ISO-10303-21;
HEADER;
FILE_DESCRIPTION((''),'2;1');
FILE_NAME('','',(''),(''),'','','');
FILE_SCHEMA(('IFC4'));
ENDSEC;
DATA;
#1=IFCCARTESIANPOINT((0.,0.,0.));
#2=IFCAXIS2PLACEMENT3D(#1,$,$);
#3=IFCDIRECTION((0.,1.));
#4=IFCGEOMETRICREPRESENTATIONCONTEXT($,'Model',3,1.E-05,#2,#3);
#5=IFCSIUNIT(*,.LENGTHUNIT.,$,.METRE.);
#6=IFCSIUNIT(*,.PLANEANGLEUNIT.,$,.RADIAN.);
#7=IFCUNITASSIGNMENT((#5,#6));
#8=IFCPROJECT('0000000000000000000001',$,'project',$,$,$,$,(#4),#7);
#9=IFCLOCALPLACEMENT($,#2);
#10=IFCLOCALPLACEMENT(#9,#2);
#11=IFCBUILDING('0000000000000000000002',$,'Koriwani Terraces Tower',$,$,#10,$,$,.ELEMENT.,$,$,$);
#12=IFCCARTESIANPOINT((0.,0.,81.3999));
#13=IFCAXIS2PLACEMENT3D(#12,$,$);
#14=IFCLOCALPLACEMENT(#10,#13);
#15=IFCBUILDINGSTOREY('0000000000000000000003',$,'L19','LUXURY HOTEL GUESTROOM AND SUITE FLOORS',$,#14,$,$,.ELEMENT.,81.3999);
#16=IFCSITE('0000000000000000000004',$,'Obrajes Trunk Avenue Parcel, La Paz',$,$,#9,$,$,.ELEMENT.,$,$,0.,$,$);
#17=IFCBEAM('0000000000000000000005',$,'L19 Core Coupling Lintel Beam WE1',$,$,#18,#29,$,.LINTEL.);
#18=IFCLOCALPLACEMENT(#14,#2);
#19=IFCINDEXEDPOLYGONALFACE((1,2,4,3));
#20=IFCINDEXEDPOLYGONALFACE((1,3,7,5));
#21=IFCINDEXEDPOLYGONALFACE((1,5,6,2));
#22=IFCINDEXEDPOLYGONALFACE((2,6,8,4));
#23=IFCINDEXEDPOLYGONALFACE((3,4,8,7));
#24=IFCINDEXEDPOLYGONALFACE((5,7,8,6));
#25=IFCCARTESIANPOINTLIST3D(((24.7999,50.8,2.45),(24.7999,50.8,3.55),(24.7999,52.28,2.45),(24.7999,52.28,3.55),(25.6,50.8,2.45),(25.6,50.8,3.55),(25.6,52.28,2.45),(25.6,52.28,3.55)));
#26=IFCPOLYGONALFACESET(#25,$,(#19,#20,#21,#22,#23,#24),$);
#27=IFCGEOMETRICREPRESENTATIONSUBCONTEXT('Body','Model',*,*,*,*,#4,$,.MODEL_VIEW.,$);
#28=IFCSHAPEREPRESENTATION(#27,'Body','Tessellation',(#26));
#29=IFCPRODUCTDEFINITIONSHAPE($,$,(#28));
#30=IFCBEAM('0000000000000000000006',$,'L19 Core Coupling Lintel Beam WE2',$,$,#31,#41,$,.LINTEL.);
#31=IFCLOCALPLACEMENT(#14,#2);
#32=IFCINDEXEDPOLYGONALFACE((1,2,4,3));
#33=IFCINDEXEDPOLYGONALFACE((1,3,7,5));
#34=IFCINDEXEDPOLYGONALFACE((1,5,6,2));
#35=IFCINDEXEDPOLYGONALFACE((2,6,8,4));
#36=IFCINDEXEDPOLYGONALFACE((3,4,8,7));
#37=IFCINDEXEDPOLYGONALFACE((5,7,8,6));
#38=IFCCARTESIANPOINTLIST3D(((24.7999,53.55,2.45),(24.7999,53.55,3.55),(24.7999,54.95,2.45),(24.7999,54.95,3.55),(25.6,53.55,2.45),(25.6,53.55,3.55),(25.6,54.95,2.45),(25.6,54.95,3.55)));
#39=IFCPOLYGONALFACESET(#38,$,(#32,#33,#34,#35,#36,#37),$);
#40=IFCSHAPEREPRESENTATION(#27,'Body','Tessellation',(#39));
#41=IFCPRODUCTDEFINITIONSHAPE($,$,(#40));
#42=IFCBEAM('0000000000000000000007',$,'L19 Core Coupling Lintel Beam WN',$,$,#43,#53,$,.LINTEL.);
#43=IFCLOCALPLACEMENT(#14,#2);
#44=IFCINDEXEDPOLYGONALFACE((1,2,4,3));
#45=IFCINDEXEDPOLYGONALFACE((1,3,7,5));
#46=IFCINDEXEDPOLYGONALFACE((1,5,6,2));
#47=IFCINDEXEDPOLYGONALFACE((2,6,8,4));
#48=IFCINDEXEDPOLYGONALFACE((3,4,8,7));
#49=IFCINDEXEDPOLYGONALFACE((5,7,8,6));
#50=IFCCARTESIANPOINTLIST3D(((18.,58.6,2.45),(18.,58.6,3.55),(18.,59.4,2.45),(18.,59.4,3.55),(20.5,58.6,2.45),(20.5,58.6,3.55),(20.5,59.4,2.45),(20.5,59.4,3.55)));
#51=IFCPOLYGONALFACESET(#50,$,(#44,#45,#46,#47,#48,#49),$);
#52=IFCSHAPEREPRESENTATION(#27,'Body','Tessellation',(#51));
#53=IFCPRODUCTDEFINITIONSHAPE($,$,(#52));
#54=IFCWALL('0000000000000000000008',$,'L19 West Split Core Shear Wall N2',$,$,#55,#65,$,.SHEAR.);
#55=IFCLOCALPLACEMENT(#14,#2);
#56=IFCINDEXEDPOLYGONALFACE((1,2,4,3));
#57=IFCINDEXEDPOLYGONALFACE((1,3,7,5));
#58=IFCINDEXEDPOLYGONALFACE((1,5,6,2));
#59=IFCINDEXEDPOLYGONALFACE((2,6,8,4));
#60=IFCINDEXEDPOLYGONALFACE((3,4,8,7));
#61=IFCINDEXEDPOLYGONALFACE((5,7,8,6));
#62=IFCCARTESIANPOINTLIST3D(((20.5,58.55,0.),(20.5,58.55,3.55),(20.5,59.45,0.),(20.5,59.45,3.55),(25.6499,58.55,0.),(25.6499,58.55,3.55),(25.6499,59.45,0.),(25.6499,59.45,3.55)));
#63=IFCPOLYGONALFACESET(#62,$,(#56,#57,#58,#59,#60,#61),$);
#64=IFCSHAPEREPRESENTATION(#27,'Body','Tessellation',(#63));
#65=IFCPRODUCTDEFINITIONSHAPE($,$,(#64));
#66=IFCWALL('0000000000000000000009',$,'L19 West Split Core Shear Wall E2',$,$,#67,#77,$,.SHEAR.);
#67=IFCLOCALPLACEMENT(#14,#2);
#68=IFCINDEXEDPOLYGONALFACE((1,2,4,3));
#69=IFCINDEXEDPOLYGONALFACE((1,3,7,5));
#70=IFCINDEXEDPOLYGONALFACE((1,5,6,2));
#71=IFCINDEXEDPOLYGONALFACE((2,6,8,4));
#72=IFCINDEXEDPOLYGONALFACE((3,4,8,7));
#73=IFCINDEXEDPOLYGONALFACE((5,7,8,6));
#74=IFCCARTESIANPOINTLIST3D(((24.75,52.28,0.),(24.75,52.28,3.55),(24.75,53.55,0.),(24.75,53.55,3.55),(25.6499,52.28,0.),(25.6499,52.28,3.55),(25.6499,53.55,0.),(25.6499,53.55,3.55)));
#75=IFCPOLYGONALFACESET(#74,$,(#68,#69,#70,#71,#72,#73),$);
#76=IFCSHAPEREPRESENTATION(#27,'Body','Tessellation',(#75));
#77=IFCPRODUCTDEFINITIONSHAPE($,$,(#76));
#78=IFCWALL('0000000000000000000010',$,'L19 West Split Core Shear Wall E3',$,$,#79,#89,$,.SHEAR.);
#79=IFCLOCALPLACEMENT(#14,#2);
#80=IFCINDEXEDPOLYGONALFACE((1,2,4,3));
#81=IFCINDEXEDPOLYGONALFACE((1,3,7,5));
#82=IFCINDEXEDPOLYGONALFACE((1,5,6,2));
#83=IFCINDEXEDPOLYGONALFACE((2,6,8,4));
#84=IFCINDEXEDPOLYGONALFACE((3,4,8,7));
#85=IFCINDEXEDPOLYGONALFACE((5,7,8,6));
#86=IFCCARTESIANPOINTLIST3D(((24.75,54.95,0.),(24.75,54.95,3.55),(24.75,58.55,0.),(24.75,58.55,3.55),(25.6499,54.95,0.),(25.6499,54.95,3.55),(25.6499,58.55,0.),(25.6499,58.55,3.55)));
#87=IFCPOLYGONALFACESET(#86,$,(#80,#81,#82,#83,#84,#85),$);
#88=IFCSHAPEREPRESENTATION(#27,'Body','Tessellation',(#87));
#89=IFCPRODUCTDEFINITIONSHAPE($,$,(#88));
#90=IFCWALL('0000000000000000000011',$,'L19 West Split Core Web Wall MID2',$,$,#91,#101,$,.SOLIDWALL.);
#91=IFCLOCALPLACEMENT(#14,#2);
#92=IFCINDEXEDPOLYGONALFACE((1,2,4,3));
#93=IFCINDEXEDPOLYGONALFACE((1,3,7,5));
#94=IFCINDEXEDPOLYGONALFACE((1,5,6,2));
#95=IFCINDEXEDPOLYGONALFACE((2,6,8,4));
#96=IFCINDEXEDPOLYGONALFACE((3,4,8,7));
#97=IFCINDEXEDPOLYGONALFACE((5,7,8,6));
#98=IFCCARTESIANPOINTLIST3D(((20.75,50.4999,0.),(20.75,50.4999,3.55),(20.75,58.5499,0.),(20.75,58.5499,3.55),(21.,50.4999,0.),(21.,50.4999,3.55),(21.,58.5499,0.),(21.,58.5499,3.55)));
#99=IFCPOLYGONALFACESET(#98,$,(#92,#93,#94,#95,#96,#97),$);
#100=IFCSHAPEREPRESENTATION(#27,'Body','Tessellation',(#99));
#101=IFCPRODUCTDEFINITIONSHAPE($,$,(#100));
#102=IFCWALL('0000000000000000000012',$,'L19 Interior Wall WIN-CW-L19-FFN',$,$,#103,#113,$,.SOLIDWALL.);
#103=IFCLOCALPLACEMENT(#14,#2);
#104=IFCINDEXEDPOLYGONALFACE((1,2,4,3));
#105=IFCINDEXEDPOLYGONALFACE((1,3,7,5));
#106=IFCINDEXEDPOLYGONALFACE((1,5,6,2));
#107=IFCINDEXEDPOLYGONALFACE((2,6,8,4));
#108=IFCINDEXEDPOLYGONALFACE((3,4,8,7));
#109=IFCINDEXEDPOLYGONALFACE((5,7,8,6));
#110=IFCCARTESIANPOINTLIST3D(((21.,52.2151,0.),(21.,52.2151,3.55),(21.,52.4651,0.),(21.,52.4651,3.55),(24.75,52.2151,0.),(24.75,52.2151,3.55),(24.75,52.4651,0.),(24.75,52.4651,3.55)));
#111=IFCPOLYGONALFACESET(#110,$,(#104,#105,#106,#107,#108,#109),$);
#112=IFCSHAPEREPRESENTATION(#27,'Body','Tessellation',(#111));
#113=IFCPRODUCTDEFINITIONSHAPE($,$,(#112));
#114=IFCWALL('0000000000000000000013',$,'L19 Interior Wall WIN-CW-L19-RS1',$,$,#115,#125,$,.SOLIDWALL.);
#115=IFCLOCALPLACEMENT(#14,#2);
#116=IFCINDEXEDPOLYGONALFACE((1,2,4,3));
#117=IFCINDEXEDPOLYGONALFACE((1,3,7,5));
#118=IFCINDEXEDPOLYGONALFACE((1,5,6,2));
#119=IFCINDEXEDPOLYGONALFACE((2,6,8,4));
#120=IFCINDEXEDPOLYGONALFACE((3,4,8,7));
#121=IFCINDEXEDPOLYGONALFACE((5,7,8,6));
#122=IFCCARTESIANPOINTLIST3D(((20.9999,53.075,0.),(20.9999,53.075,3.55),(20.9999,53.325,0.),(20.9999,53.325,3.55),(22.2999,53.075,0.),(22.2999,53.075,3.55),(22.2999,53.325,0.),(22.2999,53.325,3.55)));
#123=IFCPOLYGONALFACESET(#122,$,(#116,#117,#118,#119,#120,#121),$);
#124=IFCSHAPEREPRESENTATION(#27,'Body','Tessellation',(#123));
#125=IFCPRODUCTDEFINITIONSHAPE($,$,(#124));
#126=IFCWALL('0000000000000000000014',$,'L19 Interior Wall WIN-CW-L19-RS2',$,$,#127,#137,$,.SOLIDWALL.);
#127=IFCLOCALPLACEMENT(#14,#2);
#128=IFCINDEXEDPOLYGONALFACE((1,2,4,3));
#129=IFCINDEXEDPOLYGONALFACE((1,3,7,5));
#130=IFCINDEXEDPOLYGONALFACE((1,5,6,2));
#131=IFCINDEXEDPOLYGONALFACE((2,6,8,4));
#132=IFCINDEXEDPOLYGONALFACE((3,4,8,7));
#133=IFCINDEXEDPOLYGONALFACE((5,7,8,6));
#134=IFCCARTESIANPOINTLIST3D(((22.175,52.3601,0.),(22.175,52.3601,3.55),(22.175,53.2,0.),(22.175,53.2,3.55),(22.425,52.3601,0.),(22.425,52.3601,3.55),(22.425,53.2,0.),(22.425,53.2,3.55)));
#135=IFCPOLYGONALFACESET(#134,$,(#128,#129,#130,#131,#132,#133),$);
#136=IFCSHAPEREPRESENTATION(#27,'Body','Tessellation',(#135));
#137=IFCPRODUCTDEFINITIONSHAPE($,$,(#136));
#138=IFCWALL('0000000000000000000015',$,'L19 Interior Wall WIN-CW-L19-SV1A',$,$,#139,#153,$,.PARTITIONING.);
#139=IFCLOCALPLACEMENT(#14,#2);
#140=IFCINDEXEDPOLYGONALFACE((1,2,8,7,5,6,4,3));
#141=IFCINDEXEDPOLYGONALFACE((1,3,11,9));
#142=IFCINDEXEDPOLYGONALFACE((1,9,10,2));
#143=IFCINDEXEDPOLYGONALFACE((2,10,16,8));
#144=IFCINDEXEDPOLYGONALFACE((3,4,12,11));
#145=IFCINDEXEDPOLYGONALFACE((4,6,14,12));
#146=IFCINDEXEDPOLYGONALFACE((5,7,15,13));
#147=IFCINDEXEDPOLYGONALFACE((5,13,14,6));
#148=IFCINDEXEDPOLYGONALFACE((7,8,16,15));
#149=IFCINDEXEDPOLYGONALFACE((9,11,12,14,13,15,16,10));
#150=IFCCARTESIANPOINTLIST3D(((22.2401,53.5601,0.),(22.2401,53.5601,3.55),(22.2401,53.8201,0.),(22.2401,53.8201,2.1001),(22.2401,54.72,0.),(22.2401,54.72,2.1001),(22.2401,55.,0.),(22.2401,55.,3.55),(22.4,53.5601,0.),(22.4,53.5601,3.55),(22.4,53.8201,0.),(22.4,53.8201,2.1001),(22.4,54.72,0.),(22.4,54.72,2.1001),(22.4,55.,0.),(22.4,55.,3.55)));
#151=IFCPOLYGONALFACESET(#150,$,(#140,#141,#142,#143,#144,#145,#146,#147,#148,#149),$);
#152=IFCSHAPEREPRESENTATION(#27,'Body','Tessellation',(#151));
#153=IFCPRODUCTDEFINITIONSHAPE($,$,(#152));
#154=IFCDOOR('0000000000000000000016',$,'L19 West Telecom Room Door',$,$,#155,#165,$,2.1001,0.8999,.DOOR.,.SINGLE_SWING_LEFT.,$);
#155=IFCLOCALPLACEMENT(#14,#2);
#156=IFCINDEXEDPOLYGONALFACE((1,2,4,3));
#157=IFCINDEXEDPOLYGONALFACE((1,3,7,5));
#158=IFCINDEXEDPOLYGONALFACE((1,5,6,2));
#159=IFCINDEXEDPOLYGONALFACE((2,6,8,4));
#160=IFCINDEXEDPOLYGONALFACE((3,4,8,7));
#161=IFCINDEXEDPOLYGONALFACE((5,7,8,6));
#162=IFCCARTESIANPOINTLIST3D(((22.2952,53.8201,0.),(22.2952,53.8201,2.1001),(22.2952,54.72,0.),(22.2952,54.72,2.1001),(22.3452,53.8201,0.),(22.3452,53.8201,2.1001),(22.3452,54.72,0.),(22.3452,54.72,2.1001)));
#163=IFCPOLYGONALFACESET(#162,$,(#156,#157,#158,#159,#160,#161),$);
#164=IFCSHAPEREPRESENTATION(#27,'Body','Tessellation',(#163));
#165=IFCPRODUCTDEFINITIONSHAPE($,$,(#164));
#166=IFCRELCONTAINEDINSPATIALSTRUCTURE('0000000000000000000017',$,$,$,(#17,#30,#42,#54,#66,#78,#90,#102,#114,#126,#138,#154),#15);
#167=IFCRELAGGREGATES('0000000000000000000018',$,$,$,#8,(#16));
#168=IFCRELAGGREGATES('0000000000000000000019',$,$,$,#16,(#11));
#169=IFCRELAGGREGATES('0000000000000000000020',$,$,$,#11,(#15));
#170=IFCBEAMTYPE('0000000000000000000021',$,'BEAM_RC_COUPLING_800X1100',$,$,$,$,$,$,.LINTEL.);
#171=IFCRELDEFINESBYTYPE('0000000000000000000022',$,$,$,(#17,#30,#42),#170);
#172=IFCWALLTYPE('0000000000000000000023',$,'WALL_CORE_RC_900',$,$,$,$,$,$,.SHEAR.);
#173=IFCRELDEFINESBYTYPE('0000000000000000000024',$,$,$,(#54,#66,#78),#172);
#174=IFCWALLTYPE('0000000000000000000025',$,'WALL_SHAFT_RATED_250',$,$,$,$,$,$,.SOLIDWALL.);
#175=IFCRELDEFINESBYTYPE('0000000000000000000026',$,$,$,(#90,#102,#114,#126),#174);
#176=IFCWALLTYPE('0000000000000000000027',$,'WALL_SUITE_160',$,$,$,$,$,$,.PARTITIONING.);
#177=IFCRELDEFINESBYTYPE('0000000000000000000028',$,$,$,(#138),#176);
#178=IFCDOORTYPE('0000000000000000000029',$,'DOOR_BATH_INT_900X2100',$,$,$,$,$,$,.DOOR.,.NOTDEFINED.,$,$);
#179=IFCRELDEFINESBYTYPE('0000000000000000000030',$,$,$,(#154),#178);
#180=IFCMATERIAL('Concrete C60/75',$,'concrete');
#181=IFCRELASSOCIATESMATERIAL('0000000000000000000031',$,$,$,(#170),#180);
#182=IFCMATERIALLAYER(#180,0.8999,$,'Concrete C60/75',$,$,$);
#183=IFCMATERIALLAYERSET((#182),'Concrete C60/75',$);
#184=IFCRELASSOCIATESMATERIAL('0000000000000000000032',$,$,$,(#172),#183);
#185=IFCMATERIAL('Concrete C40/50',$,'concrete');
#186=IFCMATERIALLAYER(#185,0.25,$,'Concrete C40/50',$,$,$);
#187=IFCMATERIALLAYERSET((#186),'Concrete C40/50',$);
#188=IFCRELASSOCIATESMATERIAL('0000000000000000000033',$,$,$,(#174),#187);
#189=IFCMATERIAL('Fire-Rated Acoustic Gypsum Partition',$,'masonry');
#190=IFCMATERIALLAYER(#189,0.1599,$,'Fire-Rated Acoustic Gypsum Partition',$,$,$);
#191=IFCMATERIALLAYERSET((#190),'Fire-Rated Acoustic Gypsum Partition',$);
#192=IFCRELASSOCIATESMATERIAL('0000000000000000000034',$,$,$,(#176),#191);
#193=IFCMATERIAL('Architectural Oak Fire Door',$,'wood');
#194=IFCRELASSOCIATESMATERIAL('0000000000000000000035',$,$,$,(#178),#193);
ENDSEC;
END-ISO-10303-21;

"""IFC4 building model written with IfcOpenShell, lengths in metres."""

from ifc_helpers import new_model, si_unit, direction, frame, frame_2d, origin, origin_2d, place, context, subcontext, project, spatial, rectangle, extrude, material, layer, layer_set, material_profile, profile_set, type_object, element, fill, save


model = new_model("IFC4")

# Units and contexts
model_context = context("Model", 3, precision=1e-05, world=origin(), true_north=direction((0.0, 1.0)))
body_context = subcontext(model_context, "Body", "Model", "MODEL_VIEW")
ifc_project = project(units=[si_unit("LENGTHUNIT", "METRE"), si_unit("PLANEANGLEUNIT", "RADIAN")], contexts=[model_context])

# Site, building, storey
site_placement = place(None, origin())
site = spatial("IfcSite", under=ifc_project, at=site_placement, Name="Obrajes Trunk Avenue Parcel, La Paz", CompositionType="ELEMENT", RefElevation=0.0)
building_placement = place(site_placement, origin())
building = spatial("IfcBuilding", under=site, at=building_placement, Name="Koriwani Terraces Tower", CompositionType="ELEMENT")
storey_placement = place(building_placement, frame((0.0, 0.0, 81.3999)))
storey = spatial("IfcBuildingStorey", under=building, at=storey_placement, Name="L19", Description="LUXURY HOTEL GUESTROOM AND SUITE FLOORS", CompositionType="ELEMENT", Elevation=81.3999)

# Beams
ifc_material_1 = material(Name="Concrete C60/75", Category="concrete")
ifc_material_profile = material_profile(ifc_material_1, rectangle(XDim=0.8, YDim=1.1001, at=origin_2d()), Name="Concrete C60/75", Category="LoadBearing")
ifc_profile_set = profile_set([ifc_material_profile], Name="Concrete C60/75")
beam_type = type_object("IfcBeamType", Name="BEAM_RC_COUPLING_800X1100", PredefinedType="LINTEL", material=ifc_profile_set)
beam_1_placement = place(storey_placement, frame((25.2, 50.8, 3.0), z_axis=(0.0, 1.0, 0.0), x_axis=(-1.0, 0.0, 0.0)))
element("IfcBeam", 1, at=beam_1_placement, inside=storey, type_object=beam_type, Name="L19 Core Coupling Lintel Beam WE1", PredefinedType="LINTEL", context=body_context, shape_type="SweptSolid", body=[
    extrude(rectangle(XDim=0.8, YDim=1.1001, at=origin_2d()), origin(), (0.0, 0.0, 1.0), 1.48),
])
beam_2_placement = place(storey_placement, frame((25.2, 53.55, 3.0), z_axis=(0.0, 1.0, 0.0), x_axis=(-1.0, 0.0, 0.0)))
element("IfcBeam", 2, at=beam_2_placement, inside=storey, type_object=beam_type, Name="L19 Core Coupling Lintel Beam WE2", PredefinedType="LINTEL", context=body_context, shape_type="SweptSolid", body=[
    extrude(rectangle(XDim=0.8, YDim=1.1001, at=origin_2d()), origin(), (0.0, 0.0, 1.0), 1.3999),
])
beam_3_placement = place(storey_placement, frame((18.0, 59.0, 3.0), z_axis=(1.0, 0.0, 0.0), x_axis=(0.0, 1.0, 0.0)))
element("IfcBeam", 3, at=beam_3_placement, inside=storey, type_object=beam_type, Name="L19 Core Coupling Lintel Beam WN", PredefinedType="LINTEL", context=body_context, shape_type="SweptSolid", body=[
    extrude(rectangle(XDim=0.8, YDim=1.1001, at=origin_2d()), origin(), (0.0, 0.0, 1.0), 2.5),
])

# Walls
ifc_layer_1 = layer(ifc_material_1, 0.8999, Name="Concrete C60/75")
ifc_layer_set_1 = layer_set([ifc_layer_1], Name="Concrete C60/75")
wall_type_1 = type_object("IfcWallType", Name="WALL_CORE_RC_900", PredefinedType="SHEAR", material=ifc_layer_set_1)
wall_1_placement = place(storey_placement, frame((20.5, 59.0, 0.0), z_axis=(0.0, 0.0, 1.0), x_axis=(1.0, 0.0, 0.0)))
element("IfcWall", 4, at=wall_1_placement, inside=storey, type_object=wall_type_1, Name="L19 West Split Core Shear Wall N2", PredefinedType="SHEAR", context=body_context, shape_type="SweptSolid", body=[
    extrude(rectangle(XDim=5.1499, YDim=0.8999, at=frame_2d((2.575, 0.0))), origin(), (0.0, 0.0, 1.0), 3.55),
])
wall_2_placement = place(storey_placement, frame((25.2, 52.28, 0.0), z_axis=(0.0, 0.0, 1.0), x_axis=(0.0, 1.0, 0.0)))
element("IfcWall", 5, at=wall_2_placement, inside=storey, type_object=wall_type_1, Name="L19 West Split Core Shear Wall E2", PredefinedType="SHEAR", context=body_context, shape_type="SweptSolid", body=[
    extrude(rectangle(XDim=1.27, YDim=0.8999, at=frame_2d((0.635, 0.0))), origin(), (0.0, 0.0, 1.0), 3.55),
])
wall_3_placement = place(storey_placement, frame((25.2, 54.95, 0.0), z_axis=(0.0, 0.0, 1.0), x_axis=(0.0, 1.0, 0.0)))
element("IfcWall", 6, at=wall_3_placement, inside=storey, type_object=wall_type_1, Name="L19 West Split Core Shear Wall E3", PredefinedType="SHEAR", context=body_context, shape_type="SweptSolid", body=[
    extrude(rectangle(XDim=3.6001, YDim=0.8999, at=frame_2d((1.8, 0.0))), origin(), (0.0, 0.0, 1.0), 3.55),
])
ifc_material_2 = material(Name="Concrete C40/50", Category="concrete")
ifc_layer_2 = layer(ifc_material_2, 0.25, Name="Concrete C40/50")
ifc_layer_set_2 = layer_set([ifc_layer_2], Name="Concrete C40/50")
wall_type_2 = type_object("IfcWallType", Name="WALL_SHAFT_RATED_250", PredefinedType="SOLIDWALL", material=ifc_layer_set_2)
wall_4_placement = place(storey_placement, frame((20.875, 50.5, 0.0), z_axis=(0.0, 0.0, 1.0), x_axis=(0.0, 1.0, 0.0)))
element("IfcWall", 7, at=wall_4_placement, inside=storey, type_object=wall_type_2, Name="L19 West Split Core Web Wall MID2", PredefinedType="SOLIDWALL", context=body_context, shape_type="SweptSolid", body=[
    extrude(rectangle(XDim=8.05, YDim=0.25, at=frame_2d((4.0249, 0.0))), origin(), (0.0, 0.0, 1.0), 3.55),
])

# Wall
wall_5_placement = place(storey_placement, frame((21.0, 52.3401, 0.0), z_axis=(0.0, 0.0, 1.0), x_axis=(1.0, 0.0, 0.0)))
element("IfcWall", 8, at=wall_5_placement, inside=storey, type_object=wall_type_2, Name="L19 Interior Wall WIN-CW-L19-FFN", PredefinedType="SOLIDWALL", context=body_context, shape_type="SweptSolid", body=[
    extrude(rectangle(XDim=3.75, YDim=0.25, at=frame_2d((1.875, 0.0))), origin(), (0.0, 0.0, 1.0), 3.55),
])

# Walls
wall_6_placement = place(storey_placement, frame((21.0, 53.2, 0.0), z_axis=(0.0, 0.0, 1.0), x_axis=(1.0, 0.0, 0.0)))
element("IfcWall", 9, at=wall_6_placement, inside=storey, type_object=wall_type_2, Name="L19 Interior Wall WIN-CW-L19-RS1", PredefinedType="SOLIDWALL", context=body_context, shape_type="SweptSolid", body=[
    extrude(rectangle(XDim=1.3, YDim=0.25, at=frame_2d((0.6499, 0.0))), origin(), (0.0, 0.0, 1.0), 3.55),
])
wall_7_placement = place(storey_placement, frame((22.3, 52.3601, 0.0), z_axis=(0.0, 0.0, 1.0), x_axis=(0.0, 1.0, 0.0)))
element("IfcWall", 10, at=wall_7_placement, inside=storey, type_object=wall_type_2, Name="L19 Interior Wall WIN-CW-L19-RS2", PredefinedType="SOLIDWALL", context=body_context, shape_type="SweptSolid", body=[
    extrude(rectangle(XDim=0.8398, YDim=0.25, at=frame_2d((0.4199, 0.0))), origin(), (0.0, 0.0, 1.0), 3.55),
])

# Wall, opening, door
ifc_material_3 = material(Name="Fire-Rated Acoustic Gypsum Partition", Category="masonry")
ifc_layer_3 = layer(ifc_material_3, 0.1599, Name="Fire-Rated Acoustic Gypsum Partition")
ifc_layer_set_3 = layer_set([ifc_layer_3], Name="Fire-Rated Acoustic Gypsum Partition")
wall_type_3 = type_object("IfcWallType", Name="WALL_SUITE_160", PredefinedType="PARTITIONING", material=ifc_layer_set_3)
wall_8_placement = place(storey_placement, frame((22.3201, 53.5601, 0.0), z_axis=(0.0, 0.0, 1.0), x_axis=(0.0, 1.0, 0.0)))
wall_8 = element("IfcWall", 11, at=wall_8_placement, inside=storey, type_object=wall_type_3, Name="L19 Interior Wall WIN-CW-L19-SV1A", PredefinedType="PARTITIONING", context=body_context, shape_type="SweptSolid", body=[
    extrude(rectangle(XDim=1.4399, YDim=0.1599, at=frame_2d((0.72, 0.0))), origin(), (0.0, 0.0, 1.0), 3.55),
])
opening_1_placement = place(wall_8_placement, frame((0.26, 0.0, 0.0)))
opening_1 = element("IfcOpeningElement", 12, at=opening_1_placement, cuts=wall_8, PredefinedType="OPENING", context=body_context, shape_type="SweptSolid", body=[
    extrude(rectangle(XDim=0.8999, YDim=2.1001, at=frame_2d((0.45, 1.05))), frame((0.0, 0.0898, 0.0), z_axis=(0.0, -1.0, 0.0), x_axis=(1.0, 0.0, 0.0)), (0.0, 0.0, 1.0), 0.1799),
])
ifc_material_4 = material(Name="Architectural Oak Fire Door", Category="wood")
door_type_1 = type_object("IfcDoorType", Name="DOOR_BATH_INT_900X2100", OperationType="NOTDEFINED", PredefinedType="DOOR", material=ifc_material_4)
door_1_placement = place(opening_1_placement, origin())
door_1 = element("IfcDoor", 13, at=door_1_placement, inside=storey, type_object=door_type_1, Name="L19 West Telecom Room Door", OperationType="SINGLE_SWING_LEFT", OverallHeight=2.1001, OverallWidth=0.8999, PredefinedType="DOOR", context=body_context, shape_type="SweptSolid", body=[
    extrude(rectangle(XDim=0.8999, YDim=2.1001, at=frame_2d((0.45, 1.05))), frame((0.0, 0.0249, 0.0), z_axis=(0.0, -1.0, 0.0), x_axis=(1.0, 0.0, 0.0)), (0.0, 0.0, 1.0), 0.05),
])
fill(opening_1, door_1)

save(model, "model.ifc")
